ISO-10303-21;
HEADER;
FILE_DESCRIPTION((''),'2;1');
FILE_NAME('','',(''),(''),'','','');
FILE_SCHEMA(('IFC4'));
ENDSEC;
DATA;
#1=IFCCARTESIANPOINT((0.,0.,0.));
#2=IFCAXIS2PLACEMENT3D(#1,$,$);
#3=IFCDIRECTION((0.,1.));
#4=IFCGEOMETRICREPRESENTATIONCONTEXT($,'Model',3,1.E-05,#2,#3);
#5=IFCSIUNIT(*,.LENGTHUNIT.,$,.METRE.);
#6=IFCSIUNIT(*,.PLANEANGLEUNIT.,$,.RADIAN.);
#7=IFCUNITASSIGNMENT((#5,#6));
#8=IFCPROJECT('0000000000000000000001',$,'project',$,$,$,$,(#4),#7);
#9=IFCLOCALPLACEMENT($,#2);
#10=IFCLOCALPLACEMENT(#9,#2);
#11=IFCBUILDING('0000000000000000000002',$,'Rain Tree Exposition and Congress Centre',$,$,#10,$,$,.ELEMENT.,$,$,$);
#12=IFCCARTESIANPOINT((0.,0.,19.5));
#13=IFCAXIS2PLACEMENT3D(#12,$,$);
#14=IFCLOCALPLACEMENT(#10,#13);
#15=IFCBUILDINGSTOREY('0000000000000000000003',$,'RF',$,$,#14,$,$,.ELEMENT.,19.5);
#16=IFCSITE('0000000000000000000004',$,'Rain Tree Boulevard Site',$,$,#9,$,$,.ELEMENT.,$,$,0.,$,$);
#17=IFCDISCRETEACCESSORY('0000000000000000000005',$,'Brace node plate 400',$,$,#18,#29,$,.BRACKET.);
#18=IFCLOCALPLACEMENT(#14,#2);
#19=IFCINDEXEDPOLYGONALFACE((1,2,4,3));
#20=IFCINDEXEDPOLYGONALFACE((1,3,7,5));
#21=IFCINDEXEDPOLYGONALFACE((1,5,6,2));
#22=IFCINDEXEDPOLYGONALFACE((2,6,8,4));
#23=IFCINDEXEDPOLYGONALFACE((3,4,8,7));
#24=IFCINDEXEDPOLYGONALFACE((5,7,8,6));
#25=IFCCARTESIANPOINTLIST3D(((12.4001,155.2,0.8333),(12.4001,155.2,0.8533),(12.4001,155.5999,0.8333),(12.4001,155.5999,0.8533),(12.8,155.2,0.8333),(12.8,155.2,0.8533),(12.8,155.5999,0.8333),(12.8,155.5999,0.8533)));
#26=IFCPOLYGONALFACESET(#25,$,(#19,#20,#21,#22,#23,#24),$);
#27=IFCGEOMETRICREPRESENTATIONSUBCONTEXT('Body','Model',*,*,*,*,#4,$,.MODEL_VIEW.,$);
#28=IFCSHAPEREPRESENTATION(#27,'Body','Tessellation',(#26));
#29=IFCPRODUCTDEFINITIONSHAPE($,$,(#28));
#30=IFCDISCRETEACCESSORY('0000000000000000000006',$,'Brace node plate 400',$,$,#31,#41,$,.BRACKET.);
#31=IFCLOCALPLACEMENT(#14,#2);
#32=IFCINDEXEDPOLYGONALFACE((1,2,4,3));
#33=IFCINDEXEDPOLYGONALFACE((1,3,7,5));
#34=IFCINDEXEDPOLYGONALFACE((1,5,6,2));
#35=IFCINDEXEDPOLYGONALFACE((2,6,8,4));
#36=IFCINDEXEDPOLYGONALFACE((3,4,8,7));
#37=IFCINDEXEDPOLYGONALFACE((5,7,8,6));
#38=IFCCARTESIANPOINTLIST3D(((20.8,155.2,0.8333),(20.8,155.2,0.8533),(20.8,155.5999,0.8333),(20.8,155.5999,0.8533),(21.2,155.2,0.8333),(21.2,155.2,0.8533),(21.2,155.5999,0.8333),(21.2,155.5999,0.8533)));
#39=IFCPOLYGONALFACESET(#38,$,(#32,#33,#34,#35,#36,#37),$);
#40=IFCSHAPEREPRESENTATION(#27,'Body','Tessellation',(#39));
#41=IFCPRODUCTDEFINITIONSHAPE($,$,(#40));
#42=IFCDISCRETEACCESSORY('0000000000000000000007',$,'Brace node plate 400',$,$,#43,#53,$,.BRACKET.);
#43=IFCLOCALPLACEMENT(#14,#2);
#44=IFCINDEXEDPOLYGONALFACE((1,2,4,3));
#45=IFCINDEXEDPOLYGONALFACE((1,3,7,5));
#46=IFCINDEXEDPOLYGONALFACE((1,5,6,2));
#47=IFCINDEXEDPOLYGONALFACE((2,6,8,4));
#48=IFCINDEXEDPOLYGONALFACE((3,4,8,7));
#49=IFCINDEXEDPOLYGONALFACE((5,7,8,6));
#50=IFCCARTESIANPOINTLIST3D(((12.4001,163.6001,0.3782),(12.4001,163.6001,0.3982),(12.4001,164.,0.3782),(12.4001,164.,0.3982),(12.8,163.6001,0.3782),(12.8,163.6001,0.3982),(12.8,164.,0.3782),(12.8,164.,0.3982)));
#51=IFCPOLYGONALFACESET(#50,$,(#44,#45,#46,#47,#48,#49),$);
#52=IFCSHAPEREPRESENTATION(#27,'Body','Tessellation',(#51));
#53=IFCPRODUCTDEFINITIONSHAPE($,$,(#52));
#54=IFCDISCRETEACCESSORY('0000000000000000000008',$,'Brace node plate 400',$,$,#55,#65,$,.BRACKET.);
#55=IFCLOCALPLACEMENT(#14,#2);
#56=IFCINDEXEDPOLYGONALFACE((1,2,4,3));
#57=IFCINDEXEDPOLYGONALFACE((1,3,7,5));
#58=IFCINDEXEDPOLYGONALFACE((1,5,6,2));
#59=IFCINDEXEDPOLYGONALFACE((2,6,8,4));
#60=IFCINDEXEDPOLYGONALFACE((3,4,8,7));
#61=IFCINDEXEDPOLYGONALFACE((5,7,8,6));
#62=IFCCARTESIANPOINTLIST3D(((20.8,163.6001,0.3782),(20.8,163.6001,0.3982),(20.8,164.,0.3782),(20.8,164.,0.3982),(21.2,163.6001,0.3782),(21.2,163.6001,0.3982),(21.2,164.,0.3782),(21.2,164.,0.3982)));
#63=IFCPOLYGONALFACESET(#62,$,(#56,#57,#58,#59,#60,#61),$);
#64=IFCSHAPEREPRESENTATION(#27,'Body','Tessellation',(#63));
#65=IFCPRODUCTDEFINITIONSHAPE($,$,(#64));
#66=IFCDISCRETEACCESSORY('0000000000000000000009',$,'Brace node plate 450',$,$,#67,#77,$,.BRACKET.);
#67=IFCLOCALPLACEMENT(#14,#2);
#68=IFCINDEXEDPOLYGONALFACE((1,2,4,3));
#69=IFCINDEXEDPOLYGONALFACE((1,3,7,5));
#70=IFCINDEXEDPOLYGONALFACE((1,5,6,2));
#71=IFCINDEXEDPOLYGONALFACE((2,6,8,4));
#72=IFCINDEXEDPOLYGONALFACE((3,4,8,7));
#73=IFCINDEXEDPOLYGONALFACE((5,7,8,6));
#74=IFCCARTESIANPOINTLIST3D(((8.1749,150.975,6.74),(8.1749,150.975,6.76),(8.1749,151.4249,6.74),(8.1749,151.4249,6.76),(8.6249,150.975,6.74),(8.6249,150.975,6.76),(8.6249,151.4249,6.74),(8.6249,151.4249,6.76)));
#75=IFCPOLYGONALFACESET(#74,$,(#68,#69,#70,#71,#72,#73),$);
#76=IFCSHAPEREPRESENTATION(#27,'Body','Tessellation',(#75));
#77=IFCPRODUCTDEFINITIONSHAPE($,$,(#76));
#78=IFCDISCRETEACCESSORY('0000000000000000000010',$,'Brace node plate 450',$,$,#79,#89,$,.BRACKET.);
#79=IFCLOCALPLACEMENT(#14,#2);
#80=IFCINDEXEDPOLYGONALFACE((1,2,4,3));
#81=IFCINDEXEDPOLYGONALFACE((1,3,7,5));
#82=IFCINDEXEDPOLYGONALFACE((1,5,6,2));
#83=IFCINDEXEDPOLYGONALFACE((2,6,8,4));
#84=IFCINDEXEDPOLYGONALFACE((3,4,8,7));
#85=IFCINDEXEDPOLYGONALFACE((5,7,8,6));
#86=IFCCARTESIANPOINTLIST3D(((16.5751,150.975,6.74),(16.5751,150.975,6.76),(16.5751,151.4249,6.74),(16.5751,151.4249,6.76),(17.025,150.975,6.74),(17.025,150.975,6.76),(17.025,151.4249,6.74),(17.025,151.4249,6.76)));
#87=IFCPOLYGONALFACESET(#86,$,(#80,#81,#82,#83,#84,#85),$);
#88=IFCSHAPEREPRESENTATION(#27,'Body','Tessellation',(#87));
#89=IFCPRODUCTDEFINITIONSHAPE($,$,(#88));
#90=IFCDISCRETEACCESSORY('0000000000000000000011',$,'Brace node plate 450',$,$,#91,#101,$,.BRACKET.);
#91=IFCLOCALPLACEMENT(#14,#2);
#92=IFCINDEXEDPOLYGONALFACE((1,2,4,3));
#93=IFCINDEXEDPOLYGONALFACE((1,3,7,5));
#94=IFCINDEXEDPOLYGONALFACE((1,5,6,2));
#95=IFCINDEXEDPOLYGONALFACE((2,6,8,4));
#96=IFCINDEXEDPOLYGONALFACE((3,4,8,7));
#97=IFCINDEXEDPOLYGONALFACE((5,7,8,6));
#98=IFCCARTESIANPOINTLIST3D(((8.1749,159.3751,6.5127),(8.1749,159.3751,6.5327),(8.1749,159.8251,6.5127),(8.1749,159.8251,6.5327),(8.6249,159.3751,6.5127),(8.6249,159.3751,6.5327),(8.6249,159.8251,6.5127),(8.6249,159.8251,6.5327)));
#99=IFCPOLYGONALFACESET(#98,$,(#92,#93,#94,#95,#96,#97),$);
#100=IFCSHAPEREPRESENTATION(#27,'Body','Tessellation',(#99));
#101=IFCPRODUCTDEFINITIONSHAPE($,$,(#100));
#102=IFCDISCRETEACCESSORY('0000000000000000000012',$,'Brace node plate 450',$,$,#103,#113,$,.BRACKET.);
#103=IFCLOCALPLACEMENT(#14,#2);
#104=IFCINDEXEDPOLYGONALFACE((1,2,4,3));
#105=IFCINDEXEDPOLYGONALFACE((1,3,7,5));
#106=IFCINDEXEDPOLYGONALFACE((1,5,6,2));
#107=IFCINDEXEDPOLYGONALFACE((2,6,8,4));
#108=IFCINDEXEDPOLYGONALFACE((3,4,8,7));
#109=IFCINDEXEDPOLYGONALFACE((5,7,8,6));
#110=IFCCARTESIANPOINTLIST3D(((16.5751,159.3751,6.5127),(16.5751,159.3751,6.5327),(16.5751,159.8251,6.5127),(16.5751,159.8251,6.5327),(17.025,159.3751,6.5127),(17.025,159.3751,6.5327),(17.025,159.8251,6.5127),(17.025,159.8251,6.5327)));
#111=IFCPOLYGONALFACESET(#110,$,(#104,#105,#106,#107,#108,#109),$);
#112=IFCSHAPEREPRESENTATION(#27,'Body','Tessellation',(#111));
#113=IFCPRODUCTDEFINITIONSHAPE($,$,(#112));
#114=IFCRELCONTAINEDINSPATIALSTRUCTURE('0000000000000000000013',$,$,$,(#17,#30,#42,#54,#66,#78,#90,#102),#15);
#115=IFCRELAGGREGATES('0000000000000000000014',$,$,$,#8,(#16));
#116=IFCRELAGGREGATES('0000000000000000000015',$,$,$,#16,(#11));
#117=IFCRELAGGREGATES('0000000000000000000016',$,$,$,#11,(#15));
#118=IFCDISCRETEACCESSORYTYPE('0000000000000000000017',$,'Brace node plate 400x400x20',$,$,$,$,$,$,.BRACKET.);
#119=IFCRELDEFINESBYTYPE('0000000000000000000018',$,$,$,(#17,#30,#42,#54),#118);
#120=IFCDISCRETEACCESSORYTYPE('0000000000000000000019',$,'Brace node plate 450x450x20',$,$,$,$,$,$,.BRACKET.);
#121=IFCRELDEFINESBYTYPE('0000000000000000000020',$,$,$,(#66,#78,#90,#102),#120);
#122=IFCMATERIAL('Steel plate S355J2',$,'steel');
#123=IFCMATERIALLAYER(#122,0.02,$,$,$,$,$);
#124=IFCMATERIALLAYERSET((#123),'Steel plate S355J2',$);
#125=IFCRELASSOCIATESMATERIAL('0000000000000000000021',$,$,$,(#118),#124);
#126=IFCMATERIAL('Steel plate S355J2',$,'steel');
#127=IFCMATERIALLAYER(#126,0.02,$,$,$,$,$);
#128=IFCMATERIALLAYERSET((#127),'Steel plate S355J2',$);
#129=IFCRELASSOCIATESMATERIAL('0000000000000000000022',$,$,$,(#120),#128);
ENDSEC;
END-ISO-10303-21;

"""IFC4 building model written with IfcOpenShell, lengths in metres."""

from ifc_helpers import new_model, si_unit, direction, frame, origin, origin_2d, place, context, subcontext, project, spatial, rectangle, extrude, material, layer, layer_set, type_object, element, save


model = new_model("IFC4")

# Units and contexts
model_context = context("Model", 3, precision=1e-05, world=origin(), true_north=direction((0.0, 1.0)))
body_context = subcontext(model_context, "Body", "Model", "MODEL_VIEW")
ifc_project = project(units=[si_unit("LENGTHUNIT", "METRE"), si_unit("PLANEANGLEUNIT", "RADIAN")], contexts=[model_context])

# Site, building, storey
site_placement = place(None, origin())
site = spatial("IfcSite", under=ifc_project, at=site_placement, Name="Rain Tree Boulevard Site", CompositionType="ELEMENT", RefElevation=0.0)
building_placement = place(site_placement, origin())
building = spatial("IfcBuilding", under=site, at=building_placement, Name="Rain Tree Exposition and Congress Centre", CompositionType="ELEMENT")
storey_placement = place(building_placement, frame((0.0, 0.0, 19.5)))
storey = spatial("IfcBuildingStorey", under=building, at=storey_placement, Name="RF", CompositionType="ELEMENT", Elevation=19.5)

# Discrete accessories
ifc_material_1 = material(Name="Steel plate S355J2", Category="steel")
ifc_layer_1 = layer(ifc_material_1, 0.02)
ifc_layer_set_1 = layer_set([ifc_layer_1], Name="Steel plate S355J2")
discrete_accessory_type_1 = type_object("IfcDiscreteAccessoryType", Name="Brace node plate 400x400x20", PredefinedType="BRACKET", material=ifc_layer_set_1)
for number, where, z_axis, x_axis, name in (
    (1, (12.6001, 155.3999, 0.8333), (0.0, 0.0, 1.0), (1.0, 0.0, 0.0), "Brace node plate 400"),
    (2, (21.0, 155.3999, 0.8333), (0.0, 0.0, 1.0), (1.0, 0.0, 0.0), "Brace node plate 400"),
    (3, (12.6001, 163.8, 0.3782), (0.0, 0.0, 1.0), (1.0, 0.0, 0.0), "Brace node plate 400"),
    (4, (21.0, 163.8, 0.3782), (0.0, 0.0, 1.0), (1.0, 0.0, 0.0), "Brace node plate 400"),
):
    element("IfcDiscreteAccessory", number, at=place(storey_placement, frame(where, z_axis=z_axis, x_axis=x_axis)), inside=storey, type_object=discrete_accessory_type_1, Name=name, PredefinedType="BRACKET", context=body_context, shape_type="SweptSolid", body=[
        extrude(rectangle(XDim=0.3999, YDim=0.3999, at=origin_2d()), origin(), (0.0, 0.0, 1.0), 0.02),
    ])
ifc_material_2 = material(Name="Steel plate S355J2", Category="steel")
ifc_layer_2 = layer(ifc_material_2, 0.02)
ifc_layer_set_2 = layer_set([ifc_layer_2], Name="Steel plate S355J2")
discrete_accessory_type_2 = type_object("IfcDiscreteAccessoryType", Name="Brace node plate 450x450x20", PredefinedType="BRACKET", material=ifc_layer_set_2)
for number, where, z_axis, x_axis, name in (
    (5, (8.3999, 151.2, 6.74), (0.0, 0.0, 1.0), (1.0, 0.0, 0.0), "Brace node plate 450"),
    (6, (16.8, 151.2, 6.74), (0.0, 0.0, 1.0), (1.0, 0.0, 0.0), "Brace node plate 450"),
    (7, (8.3999, 159.6001, 6.5127), (0.0, 0.0, 1.0), (1.0, 0.0, 0.0), "Brace node plate 450"),
    (8, (16.8, 159.6001, 6.5127), (0.0, 0.0, 1.0), (1.0, 0.0, 0.0), "Brace node plate 450"),
):
    element("IfcDiscreteAccessory", number, at=place(storey_placement, frame(where, z_axis=z_axis, x_axis=x_axis)), inside=storey, type_object=discrete_accessory_type_2, Name=name, PredefinedType="BRACKET", context=body_context, shape_type="SweptSolid", body=[
        extrude(rectangle(XDim=0.45, YDim=0.45, at=origin_2d()), origin(), (0.0, 0.0, 1.0), 0.02),
    ])

save(model, "model.ifc")
